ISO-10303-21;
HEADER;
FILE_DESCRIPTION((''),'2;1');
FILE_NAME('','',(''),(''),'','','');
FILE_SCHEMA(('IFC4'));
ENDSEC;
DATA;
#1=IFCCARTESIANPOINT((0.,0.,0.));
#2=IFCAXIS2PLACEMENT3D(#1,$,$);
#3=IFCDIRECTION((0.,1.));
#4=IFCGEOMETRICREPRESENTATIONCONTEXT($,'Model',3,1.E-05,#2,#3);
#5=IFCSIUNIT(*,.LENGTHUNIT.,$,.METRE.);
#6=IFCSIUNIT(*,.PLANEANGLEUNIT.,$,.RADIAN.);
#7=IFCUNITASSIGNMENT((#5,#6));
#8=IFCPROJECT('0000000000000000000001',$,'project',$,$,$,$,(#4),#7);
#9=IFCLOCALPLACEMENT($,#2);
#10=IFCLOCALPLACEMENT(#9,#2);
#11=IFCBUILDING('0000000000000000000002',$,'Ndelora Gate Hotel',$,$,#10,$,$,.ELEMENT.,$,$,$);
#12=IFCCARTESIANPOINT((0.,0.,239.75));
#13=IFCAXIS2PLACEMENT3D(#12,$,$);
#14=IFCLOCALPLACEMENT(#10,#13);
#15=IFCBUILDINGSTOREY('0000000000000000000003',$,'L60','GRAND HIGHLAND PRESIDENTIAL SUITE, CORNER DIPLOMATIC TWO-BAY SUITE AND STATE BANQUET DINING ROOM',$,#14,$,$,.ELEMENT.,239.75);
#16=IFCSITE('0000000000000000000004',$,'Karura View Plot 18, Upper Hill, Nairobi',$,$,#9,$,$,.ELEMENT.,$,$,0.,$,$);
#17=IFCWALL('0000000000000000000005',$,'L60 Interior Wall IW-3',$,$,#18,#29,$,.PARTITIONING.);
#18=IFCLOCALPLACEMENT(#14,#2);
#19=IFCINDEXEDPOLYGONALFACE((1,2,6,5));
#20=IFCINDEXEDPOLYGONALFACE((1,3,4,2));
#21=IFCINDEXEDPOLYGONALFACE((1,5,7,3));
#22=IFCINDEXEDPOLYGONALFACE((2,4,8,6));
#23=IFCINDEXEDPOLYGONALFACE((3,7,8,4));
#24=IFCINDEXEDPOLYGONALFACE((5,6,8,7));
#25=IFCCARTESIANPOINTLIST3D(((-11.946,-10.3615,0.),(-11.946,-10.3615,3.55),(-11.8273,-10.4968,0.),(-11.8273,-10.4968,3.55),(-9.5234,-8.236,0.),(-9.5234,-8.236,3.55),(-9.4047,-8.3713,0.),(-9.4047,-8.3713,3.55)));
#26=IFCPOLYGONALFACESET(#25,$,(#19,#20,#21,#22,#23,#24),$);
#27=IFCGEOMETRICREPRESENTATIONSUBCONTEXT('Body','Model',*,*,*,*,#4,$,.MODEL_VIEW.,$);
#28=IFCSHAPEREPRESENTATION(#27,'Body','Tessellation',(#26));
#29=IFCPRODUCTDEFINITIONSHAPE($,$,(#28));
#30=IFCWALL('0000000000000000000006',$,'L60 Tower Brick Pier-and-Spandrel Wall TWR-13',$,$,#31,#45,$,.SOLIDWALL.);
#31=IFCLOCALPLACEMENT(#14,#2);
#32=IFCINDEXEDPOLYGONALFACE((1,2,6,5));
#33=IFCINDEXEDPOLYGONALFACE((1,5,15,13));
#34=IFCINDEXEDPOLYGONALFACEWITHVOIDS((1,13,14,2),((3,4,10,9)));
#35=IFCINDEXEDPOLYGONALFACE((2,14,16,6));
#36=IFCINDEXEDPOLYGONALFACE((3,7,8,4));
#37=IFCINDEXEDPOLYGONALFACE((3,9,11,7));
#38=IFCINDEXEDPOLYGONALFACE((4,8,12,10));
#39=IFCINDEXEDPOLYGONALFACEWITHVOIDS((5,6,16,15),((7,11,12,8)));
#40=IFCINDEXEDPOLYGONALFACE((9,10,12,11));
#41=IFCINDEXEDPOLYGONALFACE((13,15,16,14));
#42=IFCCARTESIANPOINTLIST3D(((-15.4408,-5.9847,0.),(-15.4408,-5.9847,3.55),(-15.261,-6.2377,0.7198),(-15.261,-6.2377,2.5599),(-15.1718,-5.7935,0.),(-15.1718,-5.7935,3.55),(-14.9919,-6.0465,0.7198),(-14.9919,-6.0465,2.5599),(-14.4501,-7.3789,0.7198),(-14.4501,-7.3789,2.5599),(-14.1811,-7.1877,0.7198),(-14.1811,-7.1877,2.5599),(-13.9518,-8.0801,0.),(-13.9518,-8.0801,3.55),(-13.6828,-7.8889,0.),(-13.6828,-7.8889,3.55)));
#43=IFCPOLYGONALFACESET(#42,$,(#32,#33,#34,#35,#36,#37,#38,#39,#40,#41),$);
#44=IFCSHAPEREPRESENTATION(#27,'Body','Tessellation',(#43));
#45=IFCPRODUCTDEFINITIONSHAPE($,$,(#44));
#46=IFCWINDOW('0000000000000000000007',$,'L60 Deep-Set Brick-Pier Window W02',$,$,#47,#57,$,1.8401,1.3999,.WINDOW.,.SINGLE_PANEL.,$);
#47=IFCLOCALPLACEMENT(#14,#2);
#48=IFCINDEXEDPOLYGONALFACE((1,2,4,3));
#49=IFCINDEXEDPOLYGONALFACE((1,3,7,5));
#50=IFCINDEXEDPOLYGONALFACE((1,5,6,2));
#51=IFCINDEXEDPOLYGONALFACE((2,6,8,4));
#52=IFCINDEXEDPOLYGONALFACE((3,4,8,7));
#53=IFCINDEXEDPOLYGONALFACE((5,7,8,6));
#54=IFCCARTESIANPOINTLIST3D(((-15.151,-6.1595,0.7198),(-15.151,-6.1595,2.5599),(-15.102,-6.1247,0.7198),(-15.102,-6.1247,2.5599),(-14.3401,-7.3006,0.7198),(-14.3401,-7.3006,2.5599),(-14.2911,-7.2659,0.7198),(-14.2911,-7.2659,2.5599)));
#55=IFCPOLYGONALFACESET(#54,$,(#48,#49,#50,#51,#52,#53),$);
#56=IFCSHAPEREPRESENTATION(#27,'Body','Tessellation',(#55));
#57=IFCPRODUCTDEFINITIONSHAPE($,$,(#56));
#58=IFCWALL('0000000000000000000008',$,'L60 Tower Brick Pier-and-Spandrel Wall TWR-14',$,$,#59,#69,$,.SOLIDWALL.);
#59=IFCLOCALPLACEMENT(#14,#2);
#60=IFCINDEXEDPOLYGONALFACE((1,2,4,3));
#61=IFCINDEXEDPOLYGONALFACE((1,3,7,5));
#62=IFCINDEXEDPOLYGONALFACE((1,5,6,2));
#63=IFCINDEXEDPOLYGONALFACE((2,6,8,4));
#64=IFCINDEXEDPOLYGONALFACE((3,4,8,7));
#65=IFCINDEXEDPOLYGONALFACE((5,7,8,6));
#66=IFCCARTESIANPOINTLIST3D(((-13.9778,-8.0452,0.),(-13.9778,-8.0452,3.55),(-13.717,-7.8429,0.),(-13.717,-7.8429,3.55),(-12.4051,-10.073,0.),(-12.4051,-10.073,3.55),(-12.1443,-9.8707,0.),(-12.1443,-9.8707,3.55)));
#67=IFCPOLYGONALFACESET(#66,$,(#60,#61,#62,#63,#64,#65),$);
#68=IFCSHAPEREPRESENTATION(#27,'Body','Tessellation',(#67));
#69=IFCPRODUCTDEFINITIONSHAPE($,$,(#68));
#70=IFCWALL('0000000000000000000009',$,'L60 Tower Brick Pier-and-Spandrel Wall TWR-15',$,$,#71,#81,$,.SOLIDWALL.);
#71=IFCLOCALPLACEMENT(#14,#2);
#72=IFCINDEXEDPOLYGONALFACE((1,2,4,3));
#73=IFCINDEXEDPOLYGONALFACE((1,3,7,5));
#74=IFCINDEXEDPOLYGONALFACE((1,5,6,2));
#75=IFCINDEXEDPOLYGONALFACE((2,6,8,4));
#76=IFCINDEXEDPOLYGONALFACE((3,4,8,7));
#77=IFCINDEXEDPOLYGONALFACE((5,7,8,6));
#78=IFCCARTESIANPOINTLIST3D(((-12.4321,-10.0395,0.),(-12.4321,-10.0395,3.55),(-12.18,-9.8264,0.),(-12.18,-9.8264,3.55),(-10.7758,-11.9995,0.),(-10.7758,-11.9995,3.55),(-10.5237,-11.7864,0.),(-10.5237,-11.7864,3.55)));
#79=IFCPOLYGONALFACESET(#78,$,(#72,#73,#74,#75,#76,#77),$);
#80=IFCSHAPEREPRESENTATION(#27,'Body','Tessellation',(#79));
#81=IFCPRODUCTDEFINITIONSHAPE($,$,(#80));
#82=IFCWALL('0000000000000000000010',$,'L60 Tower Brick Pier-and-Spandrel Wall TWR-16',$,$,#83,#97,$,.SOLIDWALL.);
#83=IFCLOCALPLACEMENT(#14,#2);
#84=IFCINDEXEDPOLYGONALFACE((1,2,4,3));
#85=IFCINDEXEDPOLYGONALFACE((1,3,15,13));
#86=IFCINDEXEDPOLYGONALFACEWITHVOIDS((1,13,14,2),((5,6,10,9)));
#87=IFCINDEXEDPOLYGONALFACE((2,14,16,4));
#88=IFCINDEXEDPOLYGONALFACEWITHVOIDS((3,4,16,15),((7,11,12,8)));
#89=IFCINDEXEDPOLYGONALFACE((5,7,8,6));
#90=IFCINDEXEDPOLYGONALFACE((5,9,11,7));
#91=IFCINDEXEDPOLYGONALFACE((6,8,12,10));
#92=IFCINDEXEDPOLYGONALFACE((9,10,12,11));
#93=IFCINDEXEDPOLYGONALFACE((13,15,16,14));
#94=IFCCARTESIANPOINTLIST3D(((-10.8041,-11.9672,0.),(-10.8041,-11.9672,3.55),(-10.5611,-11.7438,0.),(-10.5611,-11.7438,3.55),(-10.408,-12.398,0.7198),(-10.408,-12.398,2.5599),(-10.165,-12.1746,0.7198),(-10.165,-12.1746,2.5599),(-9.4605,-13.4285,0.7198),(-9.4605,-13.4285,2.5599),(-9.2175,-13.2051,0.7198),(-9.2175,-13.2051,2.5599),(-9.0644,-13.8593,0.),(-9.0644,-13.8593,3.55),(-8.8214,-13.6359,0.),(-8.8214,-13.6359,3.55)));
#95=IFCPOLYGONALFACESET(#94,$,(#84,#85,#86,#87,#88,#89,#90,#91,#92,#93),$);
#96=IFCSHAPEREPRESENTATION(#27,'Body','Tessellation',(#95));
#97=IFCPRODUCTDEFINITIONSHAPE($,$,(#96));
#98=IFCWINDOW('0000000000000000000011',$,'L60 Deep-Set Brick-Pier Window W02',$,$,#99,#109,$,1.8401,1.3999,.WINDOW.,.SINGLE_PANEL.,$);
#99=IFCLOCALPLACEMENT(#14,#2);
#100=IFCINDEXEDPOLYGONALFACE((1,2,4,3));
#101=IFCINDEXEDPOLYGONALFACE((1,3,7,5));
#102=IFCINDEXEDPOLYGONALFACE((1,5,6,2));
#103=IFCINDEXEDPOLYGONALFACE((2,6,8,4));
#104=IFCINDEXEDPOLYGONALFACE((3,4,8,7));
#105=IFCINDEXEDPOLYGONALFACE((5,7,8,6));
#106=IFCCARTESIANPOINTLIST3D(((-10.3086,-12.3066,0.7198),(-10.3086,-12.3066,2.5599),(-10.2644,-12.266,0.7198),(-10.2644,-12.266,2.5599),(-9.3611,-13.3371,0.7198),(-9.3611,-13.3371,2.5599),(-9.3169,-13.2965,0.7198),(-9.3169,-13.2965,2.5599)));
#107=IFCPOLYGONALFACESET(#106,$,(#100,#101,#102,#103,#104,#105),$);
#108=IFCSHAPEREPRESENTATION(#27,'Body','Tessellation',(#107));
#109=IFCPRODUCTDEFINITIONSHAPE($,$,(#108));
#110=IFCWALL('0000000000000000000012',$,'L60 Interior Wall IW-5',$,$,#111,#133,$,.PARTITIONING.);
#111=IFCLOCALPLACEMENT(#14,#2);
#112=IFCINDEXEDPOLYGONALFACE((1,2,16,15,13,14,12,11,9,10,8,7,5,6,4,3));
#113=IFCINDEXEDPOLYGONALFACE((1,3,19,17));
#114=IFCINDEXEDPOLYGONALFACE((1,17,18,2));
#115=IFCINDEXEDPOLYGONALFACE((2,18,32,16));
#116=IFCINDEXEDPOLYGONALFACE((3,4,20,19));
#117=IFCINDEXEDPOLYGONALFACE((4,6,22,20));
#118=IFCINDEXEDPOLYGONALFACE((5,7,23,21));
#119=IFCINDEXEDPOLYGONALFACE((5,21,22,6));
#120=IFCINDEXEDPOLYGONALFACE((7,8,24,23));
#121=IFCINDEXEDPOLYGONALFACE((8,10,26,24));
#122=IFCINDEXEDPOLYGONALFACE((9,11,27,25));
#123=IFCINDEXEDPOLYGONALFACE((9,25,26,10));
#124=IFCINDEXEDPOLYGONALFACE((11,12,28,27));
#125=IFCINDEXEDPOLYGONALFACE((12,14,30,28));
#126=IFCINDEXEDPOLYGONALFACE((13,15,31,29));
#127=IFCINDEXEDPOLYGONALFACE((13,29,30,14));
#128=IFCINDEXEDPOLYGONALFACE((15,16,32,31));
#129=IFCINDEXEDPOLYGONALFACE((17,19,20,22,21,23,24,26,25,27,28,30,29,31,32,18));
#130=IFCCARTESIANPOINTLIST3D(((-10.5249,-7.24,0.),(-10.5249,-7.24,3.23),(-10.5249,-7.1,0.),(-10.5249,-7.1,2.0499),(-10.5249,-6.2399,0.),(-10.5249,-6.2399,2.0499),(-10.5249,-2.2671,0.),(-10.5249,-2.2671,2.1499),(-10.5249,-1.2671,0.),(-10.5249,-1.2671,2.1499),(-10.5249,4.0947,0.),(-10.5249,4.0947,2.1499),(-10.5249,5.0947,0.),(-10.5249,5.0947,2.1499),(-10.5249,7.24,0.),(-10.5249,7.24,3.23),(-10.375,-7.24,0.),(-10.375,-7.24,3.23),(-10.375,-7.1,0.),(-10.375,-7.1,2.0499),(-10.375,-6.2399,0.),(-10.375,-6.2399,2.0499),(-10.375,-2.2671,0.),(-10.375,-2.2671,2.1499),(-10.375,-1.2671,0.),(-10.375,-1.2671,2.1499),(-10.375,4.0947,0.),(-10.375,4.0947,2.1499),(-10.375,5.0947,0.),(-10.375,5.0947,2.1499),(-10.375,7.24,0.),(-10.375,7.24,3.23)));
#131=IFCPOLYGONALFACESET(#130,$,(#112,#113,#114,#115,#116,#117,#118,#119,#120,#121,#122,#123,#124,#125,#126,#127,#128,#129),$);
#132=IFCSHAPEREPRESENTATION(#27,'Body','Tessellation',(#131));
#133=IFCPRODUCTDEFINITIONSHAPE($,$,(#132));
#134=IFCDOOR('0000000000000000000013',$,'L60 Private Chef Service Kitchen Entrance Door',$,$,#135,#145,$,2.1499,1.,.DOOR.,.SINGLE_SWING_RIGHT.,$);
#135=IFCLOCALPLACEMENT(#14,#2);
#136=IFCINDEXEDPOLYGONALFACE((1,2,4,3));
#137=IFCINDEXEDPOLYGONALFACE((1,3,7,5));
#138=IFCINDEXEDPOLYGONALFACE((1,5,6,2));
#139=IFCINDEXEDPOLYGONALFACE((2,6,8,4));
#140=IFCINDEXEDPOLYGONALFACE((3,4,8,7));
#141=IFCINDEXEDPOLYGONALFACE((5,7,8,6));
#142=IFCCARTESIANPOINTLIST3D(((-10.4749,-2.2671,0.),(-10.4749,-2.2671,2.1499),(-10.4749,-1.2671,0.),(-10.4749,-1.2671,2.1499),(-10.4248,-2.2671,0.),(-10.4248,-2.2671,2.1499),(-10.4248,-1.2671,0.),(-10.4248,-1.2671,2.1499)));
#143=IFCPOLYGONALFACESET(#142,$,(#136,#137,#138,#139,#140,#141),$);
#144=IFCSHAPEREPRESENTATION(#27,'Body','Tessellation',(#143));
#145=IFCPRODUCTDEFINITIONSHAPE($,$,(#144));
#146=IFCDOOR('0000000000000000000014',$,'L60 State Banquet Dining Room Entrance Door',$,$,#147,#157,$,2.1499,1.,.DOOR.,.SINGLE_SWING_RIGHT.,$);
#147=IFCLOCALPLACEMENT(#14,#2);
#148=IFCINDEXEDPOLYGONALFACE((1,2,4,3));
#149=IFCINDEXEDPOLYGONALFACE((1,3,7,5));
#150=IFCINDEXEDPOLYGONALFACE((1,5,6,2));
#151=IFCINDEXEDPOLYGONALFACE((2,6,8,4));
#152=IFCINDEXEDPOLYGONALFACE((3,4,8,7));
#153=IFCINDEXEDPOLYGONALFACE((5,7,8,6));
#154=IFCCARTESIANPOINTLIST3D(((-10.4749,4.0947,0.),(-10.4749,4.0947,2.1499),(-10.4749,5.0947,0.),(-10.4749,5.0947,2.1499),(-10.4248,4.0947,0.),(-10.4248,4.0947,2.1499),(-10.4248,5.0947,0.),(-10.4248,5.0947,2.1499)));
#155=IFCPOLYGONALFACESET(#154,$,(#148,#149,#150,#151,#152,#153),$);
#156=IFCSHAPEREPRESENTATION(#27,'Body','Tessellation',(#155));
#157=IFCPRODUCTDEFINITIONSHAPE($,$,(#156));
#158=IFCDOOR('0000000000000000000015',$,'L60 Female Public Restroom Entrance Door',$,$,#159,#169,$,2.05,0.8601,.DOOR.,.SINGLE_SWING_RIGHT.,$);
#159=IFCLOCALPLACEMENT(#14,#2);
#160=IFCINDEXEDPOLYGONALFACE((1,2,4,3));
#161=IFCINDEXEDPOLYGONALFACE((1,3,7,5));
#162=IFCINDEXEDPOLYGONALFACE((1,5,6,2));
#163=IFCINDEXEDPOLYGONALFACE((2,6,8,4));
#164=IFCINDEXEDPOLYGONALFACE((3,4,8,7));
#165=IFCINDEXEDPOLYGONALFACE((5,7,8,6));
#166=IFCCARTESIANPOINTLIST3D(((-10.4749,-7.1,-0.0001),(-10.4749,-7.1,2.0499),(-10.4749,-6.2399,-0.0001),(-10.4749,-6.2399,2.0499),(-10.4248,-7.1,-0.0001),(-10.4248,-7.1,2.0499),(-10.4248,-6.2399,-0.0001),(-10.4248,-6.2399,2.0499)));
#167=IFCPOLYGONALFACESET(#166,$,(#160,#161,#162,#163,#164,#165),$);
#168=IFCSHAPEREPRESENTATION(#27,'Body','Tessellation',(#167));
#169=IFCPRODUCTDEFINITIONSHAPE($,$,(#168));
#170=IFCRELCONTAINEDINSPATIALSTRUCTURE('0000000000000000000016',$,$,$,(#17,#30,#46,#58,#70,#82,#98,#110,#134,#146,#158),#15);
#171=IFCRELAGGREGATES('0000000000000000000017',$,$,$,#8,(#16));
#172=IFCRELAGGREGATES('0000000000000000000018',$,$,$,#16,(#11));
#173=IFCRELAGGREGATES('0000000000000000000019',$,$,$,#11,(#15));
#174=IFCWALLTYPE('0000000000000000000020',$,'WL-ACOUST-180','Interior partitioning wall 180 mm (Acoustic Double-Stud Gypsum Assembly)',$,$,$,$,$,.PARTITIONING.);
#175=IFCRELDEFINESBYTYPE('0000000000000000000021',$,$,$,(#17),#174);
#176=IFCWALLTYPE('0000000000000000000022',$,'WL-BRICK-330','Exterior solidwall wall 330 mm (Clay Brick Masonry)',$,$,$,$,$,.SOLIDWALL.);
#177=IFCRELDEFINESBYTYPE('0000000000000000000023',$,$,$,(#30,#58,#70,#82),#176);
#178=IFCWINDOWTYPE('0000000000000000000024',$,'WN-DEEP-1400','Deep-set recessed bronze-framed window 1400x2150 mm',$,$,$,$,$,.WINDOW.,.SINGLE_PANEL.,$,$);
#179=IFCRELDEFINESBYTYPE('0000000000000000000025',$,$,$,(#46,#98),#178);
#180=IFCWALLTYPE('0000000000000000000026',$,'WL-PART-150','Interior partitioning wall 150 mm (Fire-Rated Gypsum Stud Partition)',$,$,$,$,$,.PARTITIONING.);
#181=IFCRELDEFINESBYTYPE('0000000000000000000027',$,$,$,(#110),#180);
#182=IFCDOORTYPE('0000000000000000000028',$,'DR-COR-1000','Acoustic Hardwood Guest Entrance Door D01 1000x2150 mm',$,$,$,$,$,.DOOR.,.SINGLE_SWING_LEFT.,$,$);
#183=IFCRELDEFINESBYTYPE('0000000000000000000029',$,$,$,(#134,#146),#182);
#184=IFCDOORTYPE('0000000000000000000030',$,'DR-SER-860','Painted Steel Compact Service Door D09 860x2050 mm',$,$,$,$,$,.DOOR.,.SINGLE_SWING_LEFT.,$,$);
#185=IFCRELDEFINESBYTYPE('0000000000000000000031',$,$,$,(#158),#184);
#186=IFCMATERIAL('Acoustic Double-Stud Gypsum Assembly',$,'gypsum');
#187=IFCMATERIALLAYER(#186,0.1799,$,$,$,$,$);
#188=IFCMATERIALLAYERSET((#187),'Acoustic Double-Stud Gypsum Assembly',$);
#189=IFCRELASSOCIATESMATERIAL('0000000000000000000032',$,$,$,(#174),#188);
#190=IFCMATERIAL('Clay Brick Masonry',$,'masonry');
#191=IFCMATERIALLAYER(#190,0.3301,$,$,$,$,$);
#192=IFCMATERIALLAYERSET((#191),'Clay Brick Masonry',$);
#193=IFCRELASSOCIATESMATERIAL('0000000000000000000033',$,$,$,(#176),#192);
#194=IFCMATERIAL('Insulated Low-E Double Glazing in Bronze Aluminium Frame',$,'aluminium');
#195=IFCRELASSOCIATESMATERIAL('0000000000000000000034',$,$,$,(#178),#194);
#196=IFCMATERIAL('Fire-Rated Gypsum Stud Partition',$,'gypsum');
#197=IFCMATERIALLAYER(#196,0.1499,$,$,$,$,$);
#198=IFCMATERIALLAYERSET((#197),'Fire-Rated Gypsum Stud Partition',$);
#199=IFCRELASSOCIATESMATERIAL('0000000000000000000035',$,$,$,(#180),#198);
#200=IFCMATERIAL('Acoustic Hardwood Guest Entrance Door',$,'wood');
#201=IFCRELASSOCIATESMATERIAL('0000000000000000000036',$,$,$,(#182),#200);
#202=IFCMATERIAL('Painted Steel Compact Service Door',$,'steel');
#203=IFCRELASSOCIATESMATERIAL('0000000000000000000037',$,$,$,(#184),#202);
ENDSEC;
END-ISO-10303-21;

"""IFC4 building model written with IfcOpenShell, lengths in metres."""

from ifc_helpers import new_model, si_unit, direction, frame, frame_2d, origin, place, context, subcontext, project, spatial, rectangle, extrude, material, layer, layer_set, type_object, element, fill, save


model = new_model("IFC4")

# Units and contexts
model_context = context("Model", 3, precision=1e-05, world=origin(), true_north=direction((0.0, 1.0)))
body_context = subcontext(model_context, "Body", "Model", "MODEL_VIEW")
ifc_project = project(units=[si_unit("LENGTHUNIT", "METRE"), si_unit("PLANEANGLEUNIT", "RADIAN")], contexts=[model_context])

# Site, building, storey
site_placement = place(None, origin())
site = spatial("IfcSite", under=ifc_project, at=site_placement, Name="Karura View Plot 18, Upper Hill, Nairobi", CompositionType="ELEMENT", RefElevation=0.0)
building_placement = place(site_placement, origin())
building = spatial("IfcBuilding", under=site, at=building_placement, Name="Ndelora Gate Hotel", CompositionType="ELEMENT")
storey_placement = place(building_placement, frame((0.0, 0.0, 239.75)))
storey = spatial("IfcBuildingStorey", under=building, at=storey_placement, Name="L60", Description="GRAND HIGHLAND PRESIDENTIAL SUITE, CORNER DIPLOMATIC TWO-BAY SUITE AND STATE BANQUET DINING ROOM", CompositionType="ELEMENT", Elevation=239.75)

# Wall
ifc_material_1 = material(Name="Acoustic Double-Stud Gypsum Assembly", Category="gypsum")
ifc_layer_1 = layer(ifc_material_1, 0.1799)
ifc_layer_set_1 = layer_set([ifc_layer_1], Name="Acoustic Double-Stud Gypsum Assembly")
wall_type_1 = type_object("IfcWallType", Name="WL-ACOUST-180", Description="Interior partitioning wall 180 mm (Acoustic Double-Stud Gypsum Assembly)", PredefinedType="PARTITIONING", material=ifc_layer_set_1)
wall_1_placement = place(storey_placement, frame((-9.4641, -8.3037, 0.0), z_axis=(0.0, 0.0, 1.0), x_axis=(-0.751698, -0.659507, 0.0)))
element("IfcWall", 1, at=wall_1_placement, inside=storey, type_object=wall_type_1, Name="L60 Interior Wall IW-3", PredefinedType="PARTITIONING", context=body_context, shape_type="SweptSolid", body=[
    extrude(rectangle(XDim=3.2229, YDim=0.1799, at=frame_2d((1.6113, 0.0))), origin(), (0.0, 0.0, 1.0), 3.55),
])

# Wall, opening, window
ifc_material_2 = material(Name="Clay Brick Masonry", Category="masonry")
ifc_layer_2 = layer(ifc_material_2, 0.3301)
ifc_layer_set_2 = layer_set([ifc_layer_2], Name="Clay Brick Masonry")
wall_type_2 = type_object("IfcWallType", Name="WL-BRICK-330", Description="Exterior solidwall wall 330 mm (Clay Brick Masonry)", PredefinedType="SOLIDWALL", material=ifc_layer_set_2)
wall_2_placement = place(storey_placement, frame((-13.8174, -7.9844, 0.0), z_axis=(0.0, 0.0, 1.0), x_axis=(-0.579242, 0.815156, 0.0)))
wall_2 = element("IfcWall", 2, at=wall_2_placement, inside=storey, type_object=wall_type_2, Name="L60 Tower Brick Pier-and-Spandrel Wall TWR-13", PredefinedType="SOLIDWALL", context=body_context, shape_type="SweptSolid", body=[
    extrude(rectangle(XDim=2.5706, YDim=0.3301, at=frame_2d((1.2852, 0.0))), origin(), (0.0, 0.0, 1.0), 3.55),
])
opening_1_placement = place(wall_2_placement, frame((0.8601, 0.0, 0.72)))
opening_1 = element("IfcOpeningElement", 3, at=opening_1_placement, cuts=wall_2, PredefinedType="OPENING", context=body_context, shape_type="SweptSolid", body=[
    extrude(rectangle(XDim=1.3999, YDim=1.8401, at=frame_2d((0.7, 0.9199))), frame((0.0, 0.175, 0.0), z_axis=(0.0, -1.0, 0.0), x_axis=(1.0, 0.0, 0.0)), (0.0, 0.0, 1.0), 0.3501),
])
ifc_material_3 = material(Name="Insulated Low-E Double Glazing in Bronze Aluminium Frame", Category="aluminium")
window_type = type_object("IfcWindowType", Name="WN-DEEP-1400", Description="Deep-set recessed bronze-framed window 1400x2150 mm", PartitioningType="SINGLE_PANEL", PredefinedType="WINDOW", material=ifc_material_3)
window_1_placement = place(opening_1_placement, origin())
window_1 = element("IfcWindow", 4, at=window_1_placement, inside=storey, type_object=window_type, Name="L60 Deep-Set Brick-Pier Window W02", OverallHeight=1.8401, OverallWidth=1.3999, PartitioningType="SINGLE_PANEL", PredefinedType="WINDOW", context=body_context, shape_type="SweptSolid", body=[
    extrude(rectangle(XDim=1.3999, YDim=1.8401, at=frame_2d((0.7, 0.9199))), frame((0.0, 0.03, 0.0), z_axis=(0.0, -1.0, 0.0), x_axis=(1.0, 0.0, 0.0)), (0.0, 0.0, 1.0), 0.0601),
])
fill(opening_1, window_1)

# Walls
for number, where, z_axis, x_axis, name in (
    (5, (-12.2747, -9.9719, 0.0), (0.0, 0.0, 1.0), (-0.61286, 0.790192, 0.0), "L60 Tower Brick Pier-and-Spandrel Wall TWR-14"),
    (6, (-10.6497, -11.8931, 0.0), (0.0, 0.0, 1.0), (-0.645447, 0.763805, 0.0), "L60 Tower Brick Pier-and-Spandrel Wall TWR-15"),
):
    element("IfcWall", number, at=place(storey_placement, frame(where, z_axis=z_axis, x_axis=x_axis)), inside=storey, type_object=wall_type_2, Name=name, PredefinedType="SOLIDWALL", context=body_context, shape_type="SweptSolid", body=[
        extrude(rectangle(XDim=2.5662, YDim=0.3301, at=frame_2d((1.2832, 0.0))), origin(), (0.0, 0.0, 1.0), 3.55),
    ])

# Wall, opening, window
wall_3_placement = place(storey_placement, frame((-8.9429, -13.7476, 0.0), z_axis=(0.0, 0.0, 1.0), x_axis=(-0.676851, 0.73612, 0.0)))
wall_3 = element("IfcWall", 7, at=wall_3_placement, inside=storey, type_object=wall_type_2, Name="L60 Tower Brick Pier-and-Spandrel Wall TWR-16", PredefinedType="SOLIDWALL", context=body_context, shape_type="SweptSolid", body=[
    extrude(rectangle(XDim=2.5703, YDim=0.3301, at=frame_2d((1.2852, 0.0))), origin(), (0.0, 0.0, 1.0), 3.55),
])
opening_2_placement = place(wall_3_placement, frame((0.5852, 0.0, 0.72)))
opening_2 = element("IfcOpeningElement", 8, at=opening_2_placement, cuts=wall_3, PredefinedType="OPENING", context=body_context, shape_type="SweptSolid", body=[
    extrude(rectangle(XDim=1.3999, YDim=1.8401, at=frame_2d((0.7, 0.9199))), frame((0.0, 0.175, 0.0), z_axis=(0.0, -1.0, 0.0), x_axis=(1.0, 0.0, 0.0)), (0.0, 0.0, 1.0), 0.3501),
])
window_2_placement = place(opening_2_placement, origin())
window_2 = element("IfcWindow", 9, at=window_2_placement, inside=storey, type_object=window_type, Name="L60 Deep-Set Brick-Pier Window W02", OverallHeight=1.8401, OverallWidth=1.3999, PartitioningType="SINGLE_PANEL", PredefinedType="WINDOW", context=body_context, shape_type="SweptSolid", body=[
    extrude(rectangle(XDim=1.3999, YDim=1.8401, at=frame_2d((0.7, 0.9199))), frame((0.0, 0.03, 0.0), z_axis=(0.0, -1.0, 0.0), x_axis=(1.0, 0.0, 0.0)), (0.0, 0.0, 1.0), 0.0601),
])
fill(opening_2, window_2)

# Wall, openings, doors
ifc_material_4 = material(Name="Fire-Rated Gypsum Stud Partition", Category="gypsum")
ifc_layer_3 = layer(ifc_material_4, 0.1499)
ifc_layer_set_3 = layer_set([ifc_layer_3], Name="Fire-Rated Gypsum Stud Partition")
wall_type_3 = type_object("IfcWallType", Name="WL-PART-150", Description="Interior partitioning wall 150 mm (Fire-Rated Gypsum Stud Partition)", PredefinedType="PARTITIONING", material=ifc_layer_set_3)
wall_4_placement = place(storey_placement, frame((-10.45, -7.24, 0.0), z_axis=(0.0, 0.0, 1.0), x_axis=(0.0, 1.0, 0.0)))
wall_4 = element("IfcWall", 10, at=wall_4_placement, inside=storey, type_object=wall_type_3, Name="L60 Interior Wall IW-5", PredefinedType="PARTITIONING", context=body_context, shape_type="SweptSolid", body=[
    extrude(rectangle(XDim=14.48, YDim=0.1499, at=frame_2d((7.24, 0.0))), origin(), (0.0, 0.0, 1.0), 3.23),
])
opening_3_placement = place(wall_4_placement, frame((0.1399, 0.0, 0.0)))
opening_3 = element("IfcOpeningElement", 11, at=opening_3_placement, cuts=wall_4, PredefinedType="OPENING", context=body_context, shape_type="SweptSolid", body=[
    extrude(rectangle(XDim=0.8601, YDim=2.05, at=frame_2d((0.4302, 1.0249))), frame((0.0, 0.085, 0.0), z_axis=(0.0, -1.0, 0.0), x_axis=(1.0, 0.0, 0.0)), (0.0, 0.0, 1.0), 0.1699),
])
opening_4_placement = place(wall_4_placement, frame((4.9729, 0.0, 0.0)))
opening_4 = element("IfcOpeningElement", 12, at=opening_4_placement, cuts=wall_4, PredefinedType="OPENING", context=body_context, shape_type="SweptSolid", body=[
    extrude(rectangle(XDim=1.0, YDim=2.1499, at=frame_2d((0.5, 1.075))), frame((0.0, 0.085, 0.0), z_axis=(0.0, -1.0, 0.0), x_axis=(1.0, 0.0, 0.0)), (0.0, 0.0, 1.0), 0.1699),
])
opening_5_placement = place(wall_4_placement, frame((11.3347, 0.0, 0.0)))
opening_5 = element("IfcOpeningElement", 13, at=opening_5_placement, cuts=wall_4, PredefinedType="OPENING", context=body_context, shape_type="SweptSolid", body=[
    extrude(rectangle(XDim=1.0, YDim=2.1499, at=frame_2d((0.5, 1.075))), frame((0.0, 0.085, 0.0), z_axis=(0.0, -1.0, 0.0), x_axis=(1.0, 0.0, 0.0)), (0.0, 0.0, 1.0), 0.1699),
])
ifc_material_5 = material(Name="Acoustic Hardwood Guest Entrance Door", Category="wood")
door_type_1 = type_object("IfcDoorType", Name="DR-COR-1000", Description="Acoustic Hardwood Guest Entrance Door D01 1000x2150 mm", OperationType="SINGLE_SWING_LEFT", PredefinedType="DOOR", material=ifc_material_5)
door_1_placement = place(opening_4_placement, origin())
door_1 = element("IfcDoor", 14, at=door_1_placement, inside=storey, type_object=door_type_1, Name="L60 Private Chef Service Kitchen Entrance Door", OperationType="SINGLE_SWING_RIGHT", OverallHeight=2.1499, OverallWidth=1.0, PredefinedType="DOOR", context=body_context, shape_type="SweptSolid", body=[
    extrude(rectangle(XDim=1.0, YDim=2.1499, at=frame_2d((0.5, 1.075))), frame((0.0, 0.0249, 0.0), z_axis=(0.0, -1.0, 0.0), x_axis=(1.0, 0.0, 0.0)), (0.0, 0.0, 1.0), 0.05),
])
fill(opening_4, door_1)
door_2_placement = place(opening_5_placement, origin())
door_2 = element("IfcDoor", 15, at=door_2_placement, inside=storey, type_object=door_type_1, Name="L60 State Banquet Dining Room Entrance Door", OperationType="SINGLE_SWING_RIGHT", OverallHeight=2.1499, OverallWidth=1.0, PredefinedType="DOOR", context=body_context, shape_type="SweptSolid", body=[
    extrude(rectangle(XDim=1.0, YDim=2.1499, at=frame_2d((0.5, 1.075))), frame((0.0, 0.0249, 0.0), z_axis=(0.0, -1.0, 0.0), x_axis=(1.0, 0.0, 0.0)), (0.0, 0.0, 1.0), 0.05),
])
fill(opening_5, door_2)
ifc_material_6 = material(Name="Painted Steel Compact Service Door", Category="steel")
door_type_2 = type_object("IfcDoorType", Name="DR-SER-860", Description="Painted Steel Compact Service Door D09 860x2050 mm", OperationType="SINGLE_SWING_LEFT", PredefinedType="DOOR", material=ifc_material_6)
door_3_placement = place(opening_3_placement, origin())
door_3 = element("IfcDoor", 16, at=door_3_placement, inside=storey, type_object=door_type_2, Name="L60 Female Public Restroom Entrance Door", OperationType="SINGLE_SWING_RIGHT", OverallHeight=2.05, OverallWidth=0.8601, PredefinedType="DOOR", context=body_context, shape_type="SweptSolid", body=[
    extrude(rectangle(XDim=0.8601, YDim=2.05, at=frame_2d((0.4302, 1.0249))), frame((0.0, 0.0249, 0.0), z_axis=(0.0, -1.0, 0.0), x_axis=(1.0, 0.0, 0.0)), (0.0, 0.0, 1.0), 0.05),
])
fill(opening_3, door_3)

save(model, "model.ifc")
